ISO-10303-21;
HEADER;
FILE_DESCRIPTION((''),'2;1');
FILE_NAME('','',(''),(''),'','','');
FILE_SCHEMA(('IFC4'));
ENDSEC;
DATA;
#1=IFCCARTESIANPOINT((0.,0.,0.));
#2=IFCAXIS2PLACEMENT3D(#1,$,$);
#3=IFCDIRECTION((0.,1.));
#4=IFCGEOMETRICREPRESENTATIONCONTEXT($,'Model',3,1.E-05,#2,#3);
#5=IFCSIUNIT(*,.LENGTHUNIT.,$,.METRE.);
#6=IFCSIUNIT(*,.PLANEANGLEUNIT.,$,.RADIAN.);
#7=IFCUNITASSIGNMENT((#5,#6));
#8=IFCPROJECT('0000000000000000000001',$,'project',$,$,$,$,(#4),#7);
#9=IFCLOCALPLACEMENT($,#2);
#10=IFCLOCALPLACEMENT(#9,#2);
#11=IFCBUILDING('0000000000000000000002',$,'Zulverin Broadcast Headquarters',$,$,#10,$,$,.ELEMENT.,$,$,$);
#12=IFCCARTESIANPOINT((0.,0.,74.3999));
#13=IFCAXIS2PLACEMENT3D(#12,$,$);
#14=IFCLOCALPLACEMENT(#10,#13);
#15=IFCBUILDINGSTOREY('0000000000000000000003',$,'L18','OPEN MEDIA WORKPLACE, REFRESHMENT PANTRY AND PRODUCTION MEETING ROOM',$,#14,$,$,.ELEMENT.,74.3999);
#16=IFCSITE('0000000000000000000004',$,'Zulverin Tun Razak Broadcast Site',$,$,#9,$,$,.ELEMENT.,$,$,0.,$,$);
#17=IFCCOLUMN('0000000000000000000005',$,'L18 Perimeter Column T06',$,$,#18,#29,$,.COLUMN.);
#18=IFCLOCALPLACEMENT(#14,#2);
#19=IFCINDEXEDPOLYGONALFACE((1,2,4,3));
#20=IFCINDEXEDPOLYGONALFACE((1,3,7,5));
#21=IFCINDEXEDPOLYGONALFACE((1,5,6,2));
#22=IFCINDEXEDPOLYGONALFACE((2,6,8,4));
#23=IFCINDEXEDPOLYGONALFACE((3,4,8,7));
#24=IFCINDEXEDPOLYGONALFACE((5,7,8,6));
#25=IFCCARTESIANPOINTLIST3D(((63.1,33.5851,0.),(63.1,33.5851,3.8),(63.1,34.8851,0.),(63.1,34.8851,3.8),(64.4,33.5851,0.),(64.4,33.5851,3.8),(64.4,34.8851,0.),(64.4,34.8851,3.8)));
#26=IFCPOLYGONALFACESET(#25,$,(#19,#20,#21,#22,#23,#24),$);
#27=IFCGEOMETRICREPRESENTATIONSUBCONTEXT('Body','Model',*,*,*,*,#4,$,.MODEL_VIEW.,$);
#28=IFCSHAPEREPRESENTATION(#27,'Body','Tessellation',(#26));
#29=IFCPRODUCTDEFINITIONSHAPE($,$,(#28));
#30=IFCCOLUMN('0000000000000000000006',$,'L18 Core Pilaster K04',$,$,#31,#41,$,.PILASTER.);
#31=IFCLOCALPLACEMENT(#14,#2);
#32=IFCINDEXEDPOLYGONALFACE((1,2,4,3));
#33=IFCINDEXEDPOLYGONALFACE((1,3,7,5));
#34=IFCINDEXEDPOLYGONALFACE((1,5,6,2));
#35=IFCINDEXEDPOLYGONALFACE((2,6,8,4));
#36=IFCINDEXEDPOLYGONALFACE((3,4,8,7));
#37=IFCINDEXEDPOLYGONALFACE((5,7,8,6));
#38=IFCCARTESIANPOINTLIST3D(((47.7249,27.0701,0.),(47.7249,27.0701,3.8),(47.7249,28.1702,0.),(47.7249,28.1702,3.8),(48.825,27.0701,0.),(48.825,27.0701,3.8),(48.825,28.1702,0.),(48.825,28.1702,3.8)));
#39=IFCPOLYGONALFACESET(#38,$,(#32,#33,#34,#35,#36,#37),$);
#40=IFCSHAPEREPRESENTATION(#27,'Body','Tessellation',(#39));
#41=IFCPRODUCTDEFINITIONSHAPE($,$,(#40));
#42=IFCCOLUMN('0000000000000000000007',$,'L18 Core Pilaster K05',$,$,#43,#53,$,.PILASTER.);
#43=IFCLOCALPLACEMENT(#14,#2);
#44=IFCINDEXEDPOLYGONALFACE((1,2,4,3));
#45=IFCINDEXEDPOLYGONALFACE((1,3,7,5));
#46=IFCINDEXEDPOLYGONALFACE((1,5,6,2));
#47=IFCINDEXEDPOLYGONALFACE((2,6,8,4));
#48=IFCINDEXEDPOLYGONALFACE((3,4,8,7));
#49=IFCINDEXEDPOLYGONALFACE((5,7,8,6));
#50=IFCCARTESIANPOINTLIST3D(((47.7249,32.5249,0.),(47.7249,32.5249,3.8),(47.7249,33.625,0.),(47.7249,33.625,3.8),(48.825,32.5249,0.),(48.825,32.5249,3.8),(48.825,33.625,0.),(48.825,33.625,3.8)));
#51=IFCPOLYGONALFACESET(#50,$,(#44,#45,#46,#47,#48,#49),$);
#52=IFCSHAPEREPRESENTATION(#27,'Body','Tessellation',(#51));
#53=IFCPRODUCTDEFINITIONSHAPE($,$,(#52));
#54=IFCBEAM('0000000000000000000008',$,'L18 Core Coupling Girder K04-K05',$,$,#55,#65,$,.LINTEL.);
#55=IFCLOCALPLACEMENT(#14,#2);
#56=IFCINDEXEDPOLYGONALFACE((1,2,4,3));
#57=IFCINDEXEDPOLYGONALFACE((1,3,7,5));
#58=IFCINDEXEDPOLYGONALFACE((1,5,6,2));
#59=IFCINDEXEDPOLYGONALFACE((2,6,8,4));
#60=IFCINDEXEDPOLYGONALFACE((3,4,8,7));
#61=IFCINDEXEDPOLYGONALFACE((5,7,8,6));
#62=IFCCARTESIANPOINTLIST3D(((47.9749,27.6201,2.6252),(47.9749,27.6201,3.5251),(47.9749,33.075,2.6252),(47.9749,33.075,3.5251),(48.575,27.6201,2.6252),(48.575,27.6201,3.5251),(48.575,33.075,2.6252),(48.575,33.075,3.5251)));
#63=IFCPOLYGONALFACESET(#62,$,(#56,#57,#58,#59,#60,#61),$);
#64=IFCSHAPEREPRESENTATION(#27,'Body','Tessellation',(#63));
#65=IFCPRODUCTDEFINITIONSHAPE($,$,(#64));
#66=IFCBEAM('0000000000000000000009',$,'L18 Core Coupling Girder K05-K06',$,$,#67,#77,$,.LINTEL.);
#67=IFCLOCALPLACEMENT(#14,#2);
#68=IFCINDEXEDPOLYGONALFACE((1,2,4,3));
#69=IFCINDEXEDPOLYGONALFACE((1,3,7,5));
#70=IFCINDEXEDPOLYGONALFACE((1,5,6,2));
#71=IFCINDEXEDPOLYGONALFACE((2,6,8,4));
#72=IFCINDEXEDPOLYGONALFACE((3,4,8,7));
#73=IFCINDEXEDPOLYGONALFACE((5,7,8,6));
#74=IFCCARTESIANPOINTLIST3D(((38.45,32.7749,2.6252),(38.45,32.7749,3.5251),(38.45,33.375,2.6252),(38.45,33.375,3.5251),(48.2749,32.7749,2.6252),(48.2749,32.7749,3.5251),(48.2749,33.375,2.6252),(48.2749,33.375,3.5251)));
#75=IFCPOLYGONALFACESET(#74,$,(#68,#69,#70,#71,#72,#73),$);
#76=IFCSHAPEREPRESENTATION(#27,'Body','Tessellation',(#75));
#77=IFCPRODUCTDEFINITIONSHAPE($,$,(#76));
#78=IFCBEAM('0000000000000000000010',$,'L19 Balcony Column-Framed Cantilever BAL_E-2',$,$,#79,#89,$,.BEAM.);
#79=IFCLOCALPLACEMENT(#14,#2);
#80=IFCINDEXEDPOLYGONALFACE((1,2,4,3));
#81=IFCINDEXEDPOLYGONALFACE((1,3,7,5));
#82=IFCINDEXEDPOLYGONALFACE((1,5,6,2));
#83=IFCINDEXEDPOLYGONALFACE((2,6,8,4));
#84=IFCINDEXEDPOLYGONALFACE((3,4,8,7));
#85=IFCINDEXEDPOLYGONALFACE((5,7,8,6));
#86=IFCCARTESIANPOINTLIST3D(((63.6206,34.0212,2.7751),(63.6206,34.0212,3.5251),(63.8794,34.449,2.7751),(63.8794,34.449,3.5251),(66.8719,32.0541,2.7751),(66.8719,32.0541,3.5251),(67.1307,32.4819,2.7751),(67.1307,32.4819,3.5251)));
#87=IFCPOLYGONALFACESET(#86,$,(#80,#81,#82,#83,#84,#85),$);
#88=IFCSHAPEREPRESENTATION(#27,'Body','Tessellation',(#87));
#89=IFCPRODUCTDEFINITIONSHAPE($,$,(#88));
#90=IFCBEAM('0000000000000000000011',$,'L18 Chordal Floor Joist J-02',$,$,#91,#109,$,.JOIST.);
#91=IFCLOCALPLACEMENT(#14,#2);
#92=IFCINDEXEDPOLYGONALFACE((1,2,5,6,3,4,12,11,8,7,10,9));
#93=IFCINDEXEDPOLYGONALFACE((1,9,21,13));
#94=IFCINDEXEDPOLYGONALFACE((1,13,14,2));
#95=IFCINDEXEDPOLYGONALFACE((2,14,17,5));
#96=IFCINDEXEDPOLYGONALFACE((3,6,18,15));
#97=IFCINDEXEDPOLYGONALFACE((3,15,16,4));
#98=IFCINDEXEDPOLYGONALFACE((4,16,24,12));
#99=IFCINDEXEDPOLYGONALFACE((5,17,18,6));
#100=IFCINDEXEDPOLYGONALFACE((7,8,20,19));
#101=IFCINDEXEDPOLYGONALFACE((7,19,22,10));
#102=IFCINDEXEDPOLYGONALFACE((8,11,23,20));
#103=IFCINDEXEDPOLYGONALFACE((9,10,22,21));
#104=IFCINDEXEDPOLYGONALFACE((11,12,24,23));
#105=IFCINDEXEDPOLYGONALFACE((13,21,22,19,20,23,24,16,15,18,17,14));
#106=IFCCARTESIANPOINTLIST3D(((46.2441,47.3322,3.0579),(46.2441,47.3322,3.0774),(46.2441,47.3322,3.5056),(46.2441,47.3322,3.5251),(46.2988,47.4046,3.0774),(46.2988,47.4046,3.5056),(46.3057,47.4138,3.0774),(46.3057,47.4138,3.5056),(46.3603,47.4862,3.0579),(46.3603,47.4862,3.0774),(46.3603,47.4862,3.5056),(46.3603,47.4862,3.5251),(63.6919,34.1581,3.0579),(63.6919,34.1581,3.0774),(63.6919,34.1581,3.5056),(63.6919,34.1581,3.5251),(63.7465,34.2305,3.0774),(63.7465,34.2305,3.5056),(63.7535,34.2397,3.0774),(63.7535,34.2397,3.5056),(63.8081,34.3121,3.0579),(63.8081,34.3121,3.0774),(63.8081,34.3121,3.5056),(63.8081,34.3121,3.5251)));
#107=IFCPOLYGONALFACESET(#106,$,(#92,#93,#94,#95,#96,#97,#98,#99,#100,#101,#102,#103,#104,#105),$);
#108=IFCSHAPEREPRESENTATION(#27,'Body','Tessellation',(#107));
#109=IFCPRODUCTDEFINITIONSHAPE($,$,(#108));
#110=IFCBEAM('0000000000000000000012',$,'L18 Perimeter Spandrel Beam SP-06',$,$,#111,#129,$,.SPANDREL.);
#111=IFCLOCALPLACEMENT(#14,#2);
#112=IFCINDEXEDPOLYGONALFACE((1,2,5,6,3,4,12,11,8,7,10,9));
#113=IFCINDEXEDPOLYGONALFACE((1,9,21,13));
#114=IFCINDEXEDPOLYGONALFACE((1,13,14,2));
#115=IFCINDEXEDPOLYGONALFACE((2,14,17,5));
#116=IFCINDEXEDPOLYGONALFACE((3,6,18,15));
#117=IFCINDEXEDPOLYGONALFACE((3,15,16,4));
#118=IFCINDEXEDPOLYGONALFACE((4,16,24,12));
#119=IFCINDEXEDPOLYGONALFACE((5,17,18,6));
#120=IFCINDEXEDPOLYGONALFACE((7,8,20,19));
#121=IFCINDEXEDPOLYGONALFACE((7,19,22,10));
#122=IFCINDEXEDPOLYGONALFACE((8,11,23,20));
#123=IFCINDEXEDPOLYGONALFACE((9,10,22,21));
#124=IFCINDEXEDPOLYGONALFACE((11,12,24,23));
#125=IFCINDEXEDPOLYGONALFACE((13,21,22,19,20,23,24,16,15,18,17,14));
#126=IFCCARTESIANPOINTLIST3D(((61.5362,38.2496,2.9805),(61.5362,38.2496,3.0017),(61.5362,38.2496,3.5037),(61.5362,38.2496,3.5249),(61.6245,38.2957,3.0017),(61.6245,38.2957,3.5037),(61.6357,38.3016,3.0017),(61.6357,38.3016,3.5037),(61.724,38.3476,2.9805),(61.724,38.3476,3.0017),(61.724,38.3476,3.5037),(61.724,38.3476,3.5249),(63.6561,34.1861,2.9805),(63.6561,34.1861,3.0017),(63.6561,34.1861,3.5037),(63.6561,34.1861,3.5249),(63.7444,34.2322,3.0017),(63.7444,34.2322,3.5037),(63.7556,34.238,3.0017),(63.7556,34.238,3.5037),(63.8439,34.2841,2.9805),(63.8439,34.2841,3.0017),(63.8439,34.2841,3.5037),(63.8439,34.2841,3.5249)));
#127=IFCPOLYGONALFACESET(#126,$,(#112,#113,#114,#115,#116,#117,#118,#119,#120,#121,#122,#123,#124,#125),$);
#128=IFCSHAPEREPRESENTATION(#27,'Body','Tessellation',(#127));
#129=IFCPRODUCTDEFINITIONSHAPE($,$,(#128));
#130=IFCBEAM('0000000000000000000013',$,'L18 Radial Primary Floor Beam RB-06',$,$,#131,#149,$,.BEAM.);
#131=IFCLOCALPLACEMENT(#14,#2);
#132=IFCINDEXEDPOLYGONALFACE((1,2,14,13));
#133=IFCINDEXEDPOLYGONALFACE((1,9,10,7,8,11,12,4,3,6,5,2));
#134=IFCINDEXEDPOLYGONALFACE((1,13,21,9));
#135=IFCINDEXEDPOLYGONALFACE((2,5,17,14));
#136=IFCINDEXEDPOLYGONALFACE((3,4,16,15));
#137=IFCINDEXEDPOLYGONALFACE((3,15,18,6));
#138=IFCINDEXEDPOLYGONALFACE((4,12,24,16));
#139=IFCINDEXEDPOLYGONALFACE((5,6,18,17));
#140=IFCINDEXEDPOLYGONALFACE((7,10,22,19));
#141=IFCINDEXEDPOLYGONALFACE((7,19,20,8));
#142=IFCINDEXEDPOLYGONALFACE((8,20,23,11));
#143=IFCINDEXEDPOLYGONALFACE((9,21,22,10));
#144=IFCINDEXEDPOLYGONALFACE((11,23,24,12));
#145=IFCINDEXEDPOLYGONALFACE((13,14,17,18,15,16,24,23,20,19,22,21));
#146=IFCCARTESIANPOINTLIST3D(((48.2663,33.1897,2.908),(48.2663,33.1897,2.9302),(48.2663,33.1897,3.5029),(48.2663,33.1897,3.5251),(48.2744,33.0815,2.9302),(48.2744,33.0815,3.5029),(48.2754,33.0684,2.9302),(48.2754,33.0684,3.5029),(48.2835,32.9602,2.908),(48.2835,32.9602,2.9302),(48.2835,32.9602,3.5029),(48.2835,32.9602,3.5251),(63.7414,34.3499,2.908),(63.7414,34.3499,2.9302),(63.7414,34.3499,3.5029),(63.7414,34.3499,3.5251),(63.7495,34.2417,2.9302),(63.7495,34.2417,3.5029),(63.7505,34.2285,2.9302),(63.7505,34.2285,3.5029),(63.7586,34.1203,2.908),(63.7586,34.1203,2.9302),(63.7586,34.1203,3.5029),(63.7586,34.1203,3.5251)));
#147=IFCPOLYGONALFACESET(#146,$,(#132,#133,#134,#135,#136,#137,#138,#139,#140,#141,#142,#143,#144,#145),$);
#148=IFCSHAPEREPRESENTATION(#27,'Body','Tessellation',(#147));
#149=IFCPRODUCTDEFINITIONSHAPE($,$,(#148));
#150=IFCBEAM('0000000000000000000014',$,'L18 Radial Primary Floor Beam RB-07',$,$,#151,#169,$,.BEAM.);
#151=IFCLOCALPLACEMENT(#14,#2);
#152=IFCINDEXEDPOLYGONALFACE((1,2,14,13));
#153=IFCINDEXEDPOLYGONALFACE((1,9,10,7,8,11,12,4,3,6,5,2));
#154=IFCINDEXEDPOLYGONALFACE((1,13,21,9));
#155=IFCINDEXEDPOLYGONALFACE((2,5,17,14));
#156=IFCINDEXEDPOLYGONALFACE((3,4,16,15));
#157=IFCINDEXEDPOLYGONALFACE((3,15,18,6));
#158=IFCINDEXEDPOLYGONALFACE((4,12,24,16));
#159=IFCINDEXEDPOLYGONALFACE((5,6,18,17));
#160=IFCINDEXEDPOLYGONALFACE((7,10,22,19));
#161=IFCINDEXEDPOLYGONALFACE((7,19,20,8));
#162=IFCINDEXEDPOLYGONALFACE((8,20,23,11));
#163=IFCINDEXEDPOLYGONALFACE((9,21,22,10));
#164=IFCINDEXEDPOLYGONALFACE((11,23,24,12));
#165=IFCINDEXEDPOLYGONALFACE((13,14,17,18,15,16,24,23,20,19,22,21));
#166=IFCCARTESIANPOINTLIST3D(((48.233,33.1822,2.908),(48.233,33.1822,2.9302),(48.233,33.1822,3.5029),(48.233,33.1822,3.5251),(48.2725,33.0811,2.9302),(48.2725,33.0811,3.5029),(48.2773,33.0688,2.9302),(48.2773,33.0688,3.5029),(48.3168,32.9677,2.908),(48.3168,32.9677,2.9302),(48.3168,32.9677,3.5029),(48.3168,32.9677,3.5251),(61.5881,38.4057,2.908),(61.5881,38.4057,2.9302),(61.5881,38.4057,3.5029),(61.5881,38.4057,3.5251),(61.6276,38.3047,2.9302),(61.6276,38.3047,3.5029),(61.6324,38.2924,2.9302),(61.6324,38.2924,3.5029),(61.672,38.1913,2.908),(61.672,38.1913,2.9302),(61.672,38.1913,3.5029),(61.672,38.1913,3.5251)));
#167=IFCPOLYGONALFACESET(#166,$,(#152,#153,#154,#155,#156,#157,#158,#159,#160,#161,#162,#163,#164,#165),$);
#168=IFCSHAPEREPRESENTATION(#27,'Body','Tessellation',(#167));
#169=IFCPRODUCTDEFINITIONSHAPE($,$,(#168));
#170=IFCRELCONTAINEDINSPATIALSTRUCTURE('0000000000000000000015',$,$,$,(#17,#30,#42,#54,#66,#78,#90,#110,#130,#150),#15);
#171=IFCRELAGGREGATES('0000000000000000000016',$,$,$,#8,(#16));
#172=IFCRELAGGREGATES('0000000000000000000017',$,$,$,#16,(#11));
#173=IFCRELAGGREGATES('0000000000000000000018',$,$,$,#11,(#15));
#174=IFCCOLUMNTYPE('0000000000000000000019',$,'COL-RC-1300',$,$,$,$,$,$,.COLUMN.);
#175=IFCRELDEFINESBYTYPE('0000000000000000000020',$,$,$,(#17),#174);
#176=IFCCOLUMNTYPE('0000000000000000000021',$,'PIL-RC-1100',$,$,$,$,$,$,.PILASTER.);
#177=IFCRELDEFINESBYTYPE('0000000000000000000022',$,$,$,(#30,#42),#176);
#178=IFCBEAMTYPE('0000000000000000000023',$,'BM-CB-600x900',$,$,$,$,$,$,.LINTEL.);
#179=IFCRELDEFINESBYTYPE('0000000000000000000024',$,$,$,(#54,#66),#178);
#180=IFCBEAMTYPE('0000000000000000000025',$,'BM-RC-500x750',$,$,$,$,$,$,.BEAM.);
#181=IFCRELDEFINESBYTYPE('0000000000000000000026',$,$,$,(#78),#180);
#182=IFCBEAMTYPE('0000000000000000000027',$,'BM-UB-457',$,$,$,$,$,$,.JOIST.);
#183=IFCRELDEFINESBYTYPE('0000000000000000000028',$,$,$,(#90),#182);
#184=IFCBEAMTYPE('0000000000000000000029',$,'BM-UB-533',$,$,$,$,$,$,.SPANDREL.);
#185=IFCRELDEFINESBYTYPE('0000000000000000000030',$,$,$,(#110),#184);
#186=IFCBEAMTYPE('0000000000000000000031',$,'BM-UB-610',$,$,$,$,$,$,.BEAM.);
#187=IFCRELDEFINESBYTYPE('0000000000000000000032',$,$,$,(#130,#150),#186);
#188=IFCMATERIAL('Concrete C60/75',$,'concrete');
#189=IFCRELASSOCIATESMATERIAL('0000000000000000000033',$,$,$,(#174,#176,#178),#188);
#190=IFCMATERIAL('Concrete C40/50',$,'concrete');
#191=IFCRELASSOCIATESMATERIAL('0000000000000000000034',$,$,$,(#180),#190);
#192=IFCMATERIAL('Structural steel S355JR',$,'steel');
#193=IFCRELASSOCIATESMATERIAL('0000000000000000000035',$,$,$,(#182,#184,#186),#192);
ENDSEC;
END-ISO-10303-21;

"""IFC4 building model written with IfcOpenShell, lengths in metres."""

from ifc_helpers import new_model, si_unit, direction, frame, origin, origin_2d, place, context, subcontext, project, spatial, rectangle, i_section, extrude, material, material_profile, profile_set, type_object, element, save


model = new_model("IFC4")

# Units and contexts
model_context = context("Model", 3, precision=1e-05, world=origin(), true_north=direction((0.0, 1.0)))
body_context = subcontext(model_context, "Body", "Model", "MODEL_VIEW")
ifc_project = project(units=[si_unit("LENGTHUNIT", "METRE"), si_unit("PLANEANGLEUNIT", "RADIAN")], contexts=[model_context])

# Site, building, storey
site_placement = place(None, origin())
site = spatial("IfcSite", under=ifc_project, at=site_placement, Name="Zulverin Tun Razak Broadcast Site", CompositionType="ELEMENT", RefElevation=0.0)
building_placement = place(site_placement, origin())
building = spatial("IfcBuilding", under=site, at=building_placement, Name="Zulverin Broadcast Headquarters", CompositionType="ELEMENT")
storey_placement = place(building_placement, frame((0.0, 0.0, 74.3999)))
storey = spatial("IfcBuildingStorey", under=building, at=storey_placement, Name="L18", Description="OPEN MEDIA WORKPLACE, REFRESHMENT PANTRY AND PRODUCTION MEETING ROOM", CompositionType="ELEMENT", Elevation=74.3999)

# Columns
ifc_material_1 = material(Name="Concrete C60/75", Category="concrete")
ifc_material_profile_1 = material_profile(ifc_material_1, rectangle(XDim=1.3, YDim=1.3, at=origin_2d()), Name="Concrete C60/75", Category="concrete")
ifc_profile_set_1 = profile_set([ifc_material_profile_1], Name="Concrete C60/75")
column_type_1 = type_object("IfcColumnType", Name="COL-RC-1300", PredefinedType="COLUMN", material=ifc_profile_set_1)
column_placement = place(storey_placement, frame((63.75, 34.2351, 0.0), z_axis=(0.0, 0.0, 1.0), x_axis=(1.0, 0.0, 0.0)))
element("IfcColumn", 1, at=column_placement, inside=storey, type_object=column_type_1, Name="L18 Perimeter Column T06", PredefinedType="COLUMN", context=body_context, shape_type="SweptSolid", body=[
    extrude(rectangle(XDim=1.3, YDim=1.3, at=origin_2d()), origin(), (0.0, 0.0, 1.0), 3.8),
])
ifc_material_profile_2 = material_profile(ifc_material_1, rectangle(XDim=1.1001, YDim=1.1001, at=origin_2d()), Name="Concrete C60/75", Category="concrete")
ifc_profile_set_2 = profile_set([ifc_material_profile_2], Name="Concrete C60/75")
column_type_2 = type_object("IfcColumnType", Name="PIL-RC-1100", PredefinedType="PILASTER", material=ifc_profile_set_2)
for number, where, z_axis, x_axis, name in (
    (2, (48.2749, 27.6201, 0.0), (0.0, 0.0, 1.0), (1.0, 0.0, 0.0), "L18 Core Pilaster K04"),
    (3, (48.2749, 33.075, 0.0), (0.0, 0.0, 1.0), (1.0, 0.0, 0.0), "L18 Core Pilaster K05"),
):
    element("IfcColumn", number, at=place(storey_placement, frame(where, z_axis=z_axis, x_axis=x_axis)), inside=storey, type_object=column_type_2, Name=name, PredefinedType="PILASTER", context=body_context, shape_type="SweptSolid", body=[
        extrude(rectangle(XDim=1.1001, YDim=1.1001, at=origin_2d()), origin(), (0.0, 0.0, 1.0), 3.8),
    ])

# Beams
ifc_material_profile_3 = material_profile(ifc_material_1, rectangle(XDim=0.6001, YDim=0.8999, at=origin_2d()), Name="Concrete C60/75", Category="concrete")
ifc_profile_set_3 = profile_set([ifc_material_profile_3], Name="Concrete C60/75")
beam_type_1 = type_object("IfcBeamType", Name="BM-CB-600x900", PredefinedType="LINTEL", material=ifc_profile_set_3)
beam_1_placement = place(storey_placement, frame((48.2749, 27.6201, 3.0752), z_axis=(0.0, 1.0, 0.0), x_axis=(-1.0, 0.0, 0.0)))
element("IfcBeam", 4, at=beam_1_placement, inside=storey, type_object=beam_type_1, Name="L18 Core Coupling Girder K04-K05", PredefinedType="LINTEL", context=body_context, shape_type="SweptSolid", body=[
    extrude(rectangle(XDim=0.6001, YDim=0.8999, at=origin_2d()), origin(), (0.0, 0.0, 1.0), 5.4548),
])
beam_2_placement = place(storey_placement, frame((48.2749, 33.075, 3.0752), z_axis=(-1.0, 0.0, 0.0), x_axis=(0.0, -1.0, 0.0)))
element("IfcBeam", 5, at=beam_2_placement, inside=storey, type_object=beam_type_1, Name="L18 Core Coupling Girder K05-K06", PredefinedType="LINTEL", context=body_context, shape_type="SweptSolid", body=[
    extrude(rectangle(XDim=0.6001, YDim=0.8999, at=origin_2d()), origin(), (0.0, 0.0, 1.0), 9.825),
])
ifc_material_2 = material(Name="Concrete C40/50", Category="concrete")
ifc_material_profile_4 = material_profile(ifc_material_2, rectangle(XDim=0.5, YDim=0.75, at=origin_2d()), Name="Concrete C40/50", Category="concrete")
ifc_profile_set_4 = profile_set([ifc_material_profile_4], Name="Concrete C40/50")
beam_type_2 = type_object("IfcBeamType", Name="BM-RC-500x750", PredefinedType="BEAM", material=ifc_profile_set_4)
beam_3_placement = place(storey_placement, frame((63.75, 34.2351, 3.1501), z_axis=(0.855594, -0.517648, 0.0), x_axis=(0.517648, 0.855594, 0.0)))
element("IfcBeam", 6, at=beam_3_placement, inside=storey, type_object=beam_type_2, Name="L19 Balcony Column-Framed Cantilever BAL_E-2", PredefinedType="BEAM", context=body_context, shape_type="SweptSolid", body=[
    extrude(rectangle(XDim=0.5, YDim=0.75, at=origin_2d()), origin(), (0.0, 0.0, 1.0), 3.8),
])
ifc_material_3 = material(Name="Structural steel S355JR", Category="steel")
ifc_material_profile_5 = material_profile(ifc_material_3, i_section(OverallWidth=0.1929, OverallDepth=0.4673, WebThickness=0.0115, FlangeThickness=0.0195, at=origin_2d()), Name="Structural steel S355JR", Category="steel")
ifc_profile_set_5 = profile_set([ifc_material_profile_5], Name="Structural steel S355JR")
beam_type_3 = type_object("IfcBeamType", Name="BM-UB-457", PredefinedType="JOIST", material=ifc_profile_set_5)
beam_4_placement = place(storey_placement, frame((63.75, 34.2351, 3.2915), z_axis=(-0.798058, 0.60258, 0.0), x_axis=(-0.60258, -0.798058, 0.0)))
element("IfcBeam", 7, at=beam_4_placement, inside=storey, type_object=beam_type_3, Name="L18 Chordal Floor Joist J-02", PredefinedType="JOIST", context=body_context, shape_type="SweptSolid", body=[
    extrude(i_section(OverallWidth=0.1929, OverallDepth=0.4673, WebThickness=0.0115, FlangeThickness=0.0195, at=origin_2d()), origin(), (0.0, 0.0, 1.0), 21.8628),
])
ifc_material_profile_6 = material_profile(ifc_material_3, i_section(OverallWidth=0.2119, OverallDepth=0.5444, WebThickness=0.0127, FlangeThickness=0.0212, at=origin_2d()), Name="Structural steel S355JR", Category="steel")
ifc_profile_set_6 = profile_set([ifc_material_profile_6], Name="Structural steel S355JR")
beam_type_4 = type_object("IfcBeamType", Name="BM-UB-533", PredefinedType="SPANDREL", material=ifc_profile_set_6)
beam_5_placement = place(storey_placement, frame((63.75, 34.2351, 3.2527), z_axis=(-0.462531, 0.886603, 0.0), x_axis=(-0.886603, -0.462531, 0.0)))
element("IfcBeam", 8, at=beam_5_placement, inside=storey, type_object=beam_type_4, Name="L18 Perimeter Spandrel Beam SP-06", PredefinedType="SPANDREL", context=body_context, shape_type="SweptSolid", body=[
    extrude(i_section(OverallWidth=0.2119, OverallDepth=0.5444, WebThickness=0.0127, FlangeThickness=0.0212, at=origin_2d()), origin(), (0.0, 0.0, 1.0), 4.5833),
])
ifc_material_profile_7 = material_profile(ifc_material_3, i_section(OverallWidth=0.2302, OverallDepth=0.6172, WebThickness=0.0132, FlangeThickness=0.0222, at=origin_2d()), Name="Structural steel S355JR", Category="steel")
ifc_profile_set_7 = profile_set([ifc_material_profile_7], Name="Structural steel S355JR")
beam_type_5 = type_object("IfcBeamType", Name="BM-UB-610", PredefinedType="BEAM", material=ifc_profile_set_7)
beam_6_placement = place(storey_placement, frame((48.2749, 33.075, 3.2166), z_axis=(0.997202, 0.074759, 0.0), x_axis=(-0.074759, 0.997202, 0.0)))
element("IfcBeam", 9, at=beam_6_placement, inside=storey, type_object=beam_type_5, Name="L18 Radial Primary Floor Beam RB-06", PredefinedType="BEAM", context=body_context, shape_type="SweptSolid", body=[
    extrude(i_section(OverallWidth=0.2302, OverallDepth=0.6172, WebThickness=0.0132, FlangeThickness=0.0222, at=origin_2d()), origin(), (0.0, 0.0, 1.0), 15.5186),
])
beam_7_placement = place(storey_placement, frame((48.2749, 33.075, 3.2166), z_axis=(0.931298, 0.364259, 0.0), x_axis=(-0.364259, 0.931298, 0.0)))
element("IfcBeam", 10, at=beam_7_placement, inside=storey, type_object=beam_type_5, Name="L18 Radial Primary Floor Beam RB-07", PredefinedType="BEAM", context=body_context, shape_type="SweptSolid", body=[
    extrude(i_section(OverallWidth=0.2302, OverallDepth=0.6172, WebThickness=0.0132, FlangeThickness=0.0222, at=origin_2d()), origin(), (0.0, 0.0, 1.0), 14.3403),
])

save(model, "model.ifc")
